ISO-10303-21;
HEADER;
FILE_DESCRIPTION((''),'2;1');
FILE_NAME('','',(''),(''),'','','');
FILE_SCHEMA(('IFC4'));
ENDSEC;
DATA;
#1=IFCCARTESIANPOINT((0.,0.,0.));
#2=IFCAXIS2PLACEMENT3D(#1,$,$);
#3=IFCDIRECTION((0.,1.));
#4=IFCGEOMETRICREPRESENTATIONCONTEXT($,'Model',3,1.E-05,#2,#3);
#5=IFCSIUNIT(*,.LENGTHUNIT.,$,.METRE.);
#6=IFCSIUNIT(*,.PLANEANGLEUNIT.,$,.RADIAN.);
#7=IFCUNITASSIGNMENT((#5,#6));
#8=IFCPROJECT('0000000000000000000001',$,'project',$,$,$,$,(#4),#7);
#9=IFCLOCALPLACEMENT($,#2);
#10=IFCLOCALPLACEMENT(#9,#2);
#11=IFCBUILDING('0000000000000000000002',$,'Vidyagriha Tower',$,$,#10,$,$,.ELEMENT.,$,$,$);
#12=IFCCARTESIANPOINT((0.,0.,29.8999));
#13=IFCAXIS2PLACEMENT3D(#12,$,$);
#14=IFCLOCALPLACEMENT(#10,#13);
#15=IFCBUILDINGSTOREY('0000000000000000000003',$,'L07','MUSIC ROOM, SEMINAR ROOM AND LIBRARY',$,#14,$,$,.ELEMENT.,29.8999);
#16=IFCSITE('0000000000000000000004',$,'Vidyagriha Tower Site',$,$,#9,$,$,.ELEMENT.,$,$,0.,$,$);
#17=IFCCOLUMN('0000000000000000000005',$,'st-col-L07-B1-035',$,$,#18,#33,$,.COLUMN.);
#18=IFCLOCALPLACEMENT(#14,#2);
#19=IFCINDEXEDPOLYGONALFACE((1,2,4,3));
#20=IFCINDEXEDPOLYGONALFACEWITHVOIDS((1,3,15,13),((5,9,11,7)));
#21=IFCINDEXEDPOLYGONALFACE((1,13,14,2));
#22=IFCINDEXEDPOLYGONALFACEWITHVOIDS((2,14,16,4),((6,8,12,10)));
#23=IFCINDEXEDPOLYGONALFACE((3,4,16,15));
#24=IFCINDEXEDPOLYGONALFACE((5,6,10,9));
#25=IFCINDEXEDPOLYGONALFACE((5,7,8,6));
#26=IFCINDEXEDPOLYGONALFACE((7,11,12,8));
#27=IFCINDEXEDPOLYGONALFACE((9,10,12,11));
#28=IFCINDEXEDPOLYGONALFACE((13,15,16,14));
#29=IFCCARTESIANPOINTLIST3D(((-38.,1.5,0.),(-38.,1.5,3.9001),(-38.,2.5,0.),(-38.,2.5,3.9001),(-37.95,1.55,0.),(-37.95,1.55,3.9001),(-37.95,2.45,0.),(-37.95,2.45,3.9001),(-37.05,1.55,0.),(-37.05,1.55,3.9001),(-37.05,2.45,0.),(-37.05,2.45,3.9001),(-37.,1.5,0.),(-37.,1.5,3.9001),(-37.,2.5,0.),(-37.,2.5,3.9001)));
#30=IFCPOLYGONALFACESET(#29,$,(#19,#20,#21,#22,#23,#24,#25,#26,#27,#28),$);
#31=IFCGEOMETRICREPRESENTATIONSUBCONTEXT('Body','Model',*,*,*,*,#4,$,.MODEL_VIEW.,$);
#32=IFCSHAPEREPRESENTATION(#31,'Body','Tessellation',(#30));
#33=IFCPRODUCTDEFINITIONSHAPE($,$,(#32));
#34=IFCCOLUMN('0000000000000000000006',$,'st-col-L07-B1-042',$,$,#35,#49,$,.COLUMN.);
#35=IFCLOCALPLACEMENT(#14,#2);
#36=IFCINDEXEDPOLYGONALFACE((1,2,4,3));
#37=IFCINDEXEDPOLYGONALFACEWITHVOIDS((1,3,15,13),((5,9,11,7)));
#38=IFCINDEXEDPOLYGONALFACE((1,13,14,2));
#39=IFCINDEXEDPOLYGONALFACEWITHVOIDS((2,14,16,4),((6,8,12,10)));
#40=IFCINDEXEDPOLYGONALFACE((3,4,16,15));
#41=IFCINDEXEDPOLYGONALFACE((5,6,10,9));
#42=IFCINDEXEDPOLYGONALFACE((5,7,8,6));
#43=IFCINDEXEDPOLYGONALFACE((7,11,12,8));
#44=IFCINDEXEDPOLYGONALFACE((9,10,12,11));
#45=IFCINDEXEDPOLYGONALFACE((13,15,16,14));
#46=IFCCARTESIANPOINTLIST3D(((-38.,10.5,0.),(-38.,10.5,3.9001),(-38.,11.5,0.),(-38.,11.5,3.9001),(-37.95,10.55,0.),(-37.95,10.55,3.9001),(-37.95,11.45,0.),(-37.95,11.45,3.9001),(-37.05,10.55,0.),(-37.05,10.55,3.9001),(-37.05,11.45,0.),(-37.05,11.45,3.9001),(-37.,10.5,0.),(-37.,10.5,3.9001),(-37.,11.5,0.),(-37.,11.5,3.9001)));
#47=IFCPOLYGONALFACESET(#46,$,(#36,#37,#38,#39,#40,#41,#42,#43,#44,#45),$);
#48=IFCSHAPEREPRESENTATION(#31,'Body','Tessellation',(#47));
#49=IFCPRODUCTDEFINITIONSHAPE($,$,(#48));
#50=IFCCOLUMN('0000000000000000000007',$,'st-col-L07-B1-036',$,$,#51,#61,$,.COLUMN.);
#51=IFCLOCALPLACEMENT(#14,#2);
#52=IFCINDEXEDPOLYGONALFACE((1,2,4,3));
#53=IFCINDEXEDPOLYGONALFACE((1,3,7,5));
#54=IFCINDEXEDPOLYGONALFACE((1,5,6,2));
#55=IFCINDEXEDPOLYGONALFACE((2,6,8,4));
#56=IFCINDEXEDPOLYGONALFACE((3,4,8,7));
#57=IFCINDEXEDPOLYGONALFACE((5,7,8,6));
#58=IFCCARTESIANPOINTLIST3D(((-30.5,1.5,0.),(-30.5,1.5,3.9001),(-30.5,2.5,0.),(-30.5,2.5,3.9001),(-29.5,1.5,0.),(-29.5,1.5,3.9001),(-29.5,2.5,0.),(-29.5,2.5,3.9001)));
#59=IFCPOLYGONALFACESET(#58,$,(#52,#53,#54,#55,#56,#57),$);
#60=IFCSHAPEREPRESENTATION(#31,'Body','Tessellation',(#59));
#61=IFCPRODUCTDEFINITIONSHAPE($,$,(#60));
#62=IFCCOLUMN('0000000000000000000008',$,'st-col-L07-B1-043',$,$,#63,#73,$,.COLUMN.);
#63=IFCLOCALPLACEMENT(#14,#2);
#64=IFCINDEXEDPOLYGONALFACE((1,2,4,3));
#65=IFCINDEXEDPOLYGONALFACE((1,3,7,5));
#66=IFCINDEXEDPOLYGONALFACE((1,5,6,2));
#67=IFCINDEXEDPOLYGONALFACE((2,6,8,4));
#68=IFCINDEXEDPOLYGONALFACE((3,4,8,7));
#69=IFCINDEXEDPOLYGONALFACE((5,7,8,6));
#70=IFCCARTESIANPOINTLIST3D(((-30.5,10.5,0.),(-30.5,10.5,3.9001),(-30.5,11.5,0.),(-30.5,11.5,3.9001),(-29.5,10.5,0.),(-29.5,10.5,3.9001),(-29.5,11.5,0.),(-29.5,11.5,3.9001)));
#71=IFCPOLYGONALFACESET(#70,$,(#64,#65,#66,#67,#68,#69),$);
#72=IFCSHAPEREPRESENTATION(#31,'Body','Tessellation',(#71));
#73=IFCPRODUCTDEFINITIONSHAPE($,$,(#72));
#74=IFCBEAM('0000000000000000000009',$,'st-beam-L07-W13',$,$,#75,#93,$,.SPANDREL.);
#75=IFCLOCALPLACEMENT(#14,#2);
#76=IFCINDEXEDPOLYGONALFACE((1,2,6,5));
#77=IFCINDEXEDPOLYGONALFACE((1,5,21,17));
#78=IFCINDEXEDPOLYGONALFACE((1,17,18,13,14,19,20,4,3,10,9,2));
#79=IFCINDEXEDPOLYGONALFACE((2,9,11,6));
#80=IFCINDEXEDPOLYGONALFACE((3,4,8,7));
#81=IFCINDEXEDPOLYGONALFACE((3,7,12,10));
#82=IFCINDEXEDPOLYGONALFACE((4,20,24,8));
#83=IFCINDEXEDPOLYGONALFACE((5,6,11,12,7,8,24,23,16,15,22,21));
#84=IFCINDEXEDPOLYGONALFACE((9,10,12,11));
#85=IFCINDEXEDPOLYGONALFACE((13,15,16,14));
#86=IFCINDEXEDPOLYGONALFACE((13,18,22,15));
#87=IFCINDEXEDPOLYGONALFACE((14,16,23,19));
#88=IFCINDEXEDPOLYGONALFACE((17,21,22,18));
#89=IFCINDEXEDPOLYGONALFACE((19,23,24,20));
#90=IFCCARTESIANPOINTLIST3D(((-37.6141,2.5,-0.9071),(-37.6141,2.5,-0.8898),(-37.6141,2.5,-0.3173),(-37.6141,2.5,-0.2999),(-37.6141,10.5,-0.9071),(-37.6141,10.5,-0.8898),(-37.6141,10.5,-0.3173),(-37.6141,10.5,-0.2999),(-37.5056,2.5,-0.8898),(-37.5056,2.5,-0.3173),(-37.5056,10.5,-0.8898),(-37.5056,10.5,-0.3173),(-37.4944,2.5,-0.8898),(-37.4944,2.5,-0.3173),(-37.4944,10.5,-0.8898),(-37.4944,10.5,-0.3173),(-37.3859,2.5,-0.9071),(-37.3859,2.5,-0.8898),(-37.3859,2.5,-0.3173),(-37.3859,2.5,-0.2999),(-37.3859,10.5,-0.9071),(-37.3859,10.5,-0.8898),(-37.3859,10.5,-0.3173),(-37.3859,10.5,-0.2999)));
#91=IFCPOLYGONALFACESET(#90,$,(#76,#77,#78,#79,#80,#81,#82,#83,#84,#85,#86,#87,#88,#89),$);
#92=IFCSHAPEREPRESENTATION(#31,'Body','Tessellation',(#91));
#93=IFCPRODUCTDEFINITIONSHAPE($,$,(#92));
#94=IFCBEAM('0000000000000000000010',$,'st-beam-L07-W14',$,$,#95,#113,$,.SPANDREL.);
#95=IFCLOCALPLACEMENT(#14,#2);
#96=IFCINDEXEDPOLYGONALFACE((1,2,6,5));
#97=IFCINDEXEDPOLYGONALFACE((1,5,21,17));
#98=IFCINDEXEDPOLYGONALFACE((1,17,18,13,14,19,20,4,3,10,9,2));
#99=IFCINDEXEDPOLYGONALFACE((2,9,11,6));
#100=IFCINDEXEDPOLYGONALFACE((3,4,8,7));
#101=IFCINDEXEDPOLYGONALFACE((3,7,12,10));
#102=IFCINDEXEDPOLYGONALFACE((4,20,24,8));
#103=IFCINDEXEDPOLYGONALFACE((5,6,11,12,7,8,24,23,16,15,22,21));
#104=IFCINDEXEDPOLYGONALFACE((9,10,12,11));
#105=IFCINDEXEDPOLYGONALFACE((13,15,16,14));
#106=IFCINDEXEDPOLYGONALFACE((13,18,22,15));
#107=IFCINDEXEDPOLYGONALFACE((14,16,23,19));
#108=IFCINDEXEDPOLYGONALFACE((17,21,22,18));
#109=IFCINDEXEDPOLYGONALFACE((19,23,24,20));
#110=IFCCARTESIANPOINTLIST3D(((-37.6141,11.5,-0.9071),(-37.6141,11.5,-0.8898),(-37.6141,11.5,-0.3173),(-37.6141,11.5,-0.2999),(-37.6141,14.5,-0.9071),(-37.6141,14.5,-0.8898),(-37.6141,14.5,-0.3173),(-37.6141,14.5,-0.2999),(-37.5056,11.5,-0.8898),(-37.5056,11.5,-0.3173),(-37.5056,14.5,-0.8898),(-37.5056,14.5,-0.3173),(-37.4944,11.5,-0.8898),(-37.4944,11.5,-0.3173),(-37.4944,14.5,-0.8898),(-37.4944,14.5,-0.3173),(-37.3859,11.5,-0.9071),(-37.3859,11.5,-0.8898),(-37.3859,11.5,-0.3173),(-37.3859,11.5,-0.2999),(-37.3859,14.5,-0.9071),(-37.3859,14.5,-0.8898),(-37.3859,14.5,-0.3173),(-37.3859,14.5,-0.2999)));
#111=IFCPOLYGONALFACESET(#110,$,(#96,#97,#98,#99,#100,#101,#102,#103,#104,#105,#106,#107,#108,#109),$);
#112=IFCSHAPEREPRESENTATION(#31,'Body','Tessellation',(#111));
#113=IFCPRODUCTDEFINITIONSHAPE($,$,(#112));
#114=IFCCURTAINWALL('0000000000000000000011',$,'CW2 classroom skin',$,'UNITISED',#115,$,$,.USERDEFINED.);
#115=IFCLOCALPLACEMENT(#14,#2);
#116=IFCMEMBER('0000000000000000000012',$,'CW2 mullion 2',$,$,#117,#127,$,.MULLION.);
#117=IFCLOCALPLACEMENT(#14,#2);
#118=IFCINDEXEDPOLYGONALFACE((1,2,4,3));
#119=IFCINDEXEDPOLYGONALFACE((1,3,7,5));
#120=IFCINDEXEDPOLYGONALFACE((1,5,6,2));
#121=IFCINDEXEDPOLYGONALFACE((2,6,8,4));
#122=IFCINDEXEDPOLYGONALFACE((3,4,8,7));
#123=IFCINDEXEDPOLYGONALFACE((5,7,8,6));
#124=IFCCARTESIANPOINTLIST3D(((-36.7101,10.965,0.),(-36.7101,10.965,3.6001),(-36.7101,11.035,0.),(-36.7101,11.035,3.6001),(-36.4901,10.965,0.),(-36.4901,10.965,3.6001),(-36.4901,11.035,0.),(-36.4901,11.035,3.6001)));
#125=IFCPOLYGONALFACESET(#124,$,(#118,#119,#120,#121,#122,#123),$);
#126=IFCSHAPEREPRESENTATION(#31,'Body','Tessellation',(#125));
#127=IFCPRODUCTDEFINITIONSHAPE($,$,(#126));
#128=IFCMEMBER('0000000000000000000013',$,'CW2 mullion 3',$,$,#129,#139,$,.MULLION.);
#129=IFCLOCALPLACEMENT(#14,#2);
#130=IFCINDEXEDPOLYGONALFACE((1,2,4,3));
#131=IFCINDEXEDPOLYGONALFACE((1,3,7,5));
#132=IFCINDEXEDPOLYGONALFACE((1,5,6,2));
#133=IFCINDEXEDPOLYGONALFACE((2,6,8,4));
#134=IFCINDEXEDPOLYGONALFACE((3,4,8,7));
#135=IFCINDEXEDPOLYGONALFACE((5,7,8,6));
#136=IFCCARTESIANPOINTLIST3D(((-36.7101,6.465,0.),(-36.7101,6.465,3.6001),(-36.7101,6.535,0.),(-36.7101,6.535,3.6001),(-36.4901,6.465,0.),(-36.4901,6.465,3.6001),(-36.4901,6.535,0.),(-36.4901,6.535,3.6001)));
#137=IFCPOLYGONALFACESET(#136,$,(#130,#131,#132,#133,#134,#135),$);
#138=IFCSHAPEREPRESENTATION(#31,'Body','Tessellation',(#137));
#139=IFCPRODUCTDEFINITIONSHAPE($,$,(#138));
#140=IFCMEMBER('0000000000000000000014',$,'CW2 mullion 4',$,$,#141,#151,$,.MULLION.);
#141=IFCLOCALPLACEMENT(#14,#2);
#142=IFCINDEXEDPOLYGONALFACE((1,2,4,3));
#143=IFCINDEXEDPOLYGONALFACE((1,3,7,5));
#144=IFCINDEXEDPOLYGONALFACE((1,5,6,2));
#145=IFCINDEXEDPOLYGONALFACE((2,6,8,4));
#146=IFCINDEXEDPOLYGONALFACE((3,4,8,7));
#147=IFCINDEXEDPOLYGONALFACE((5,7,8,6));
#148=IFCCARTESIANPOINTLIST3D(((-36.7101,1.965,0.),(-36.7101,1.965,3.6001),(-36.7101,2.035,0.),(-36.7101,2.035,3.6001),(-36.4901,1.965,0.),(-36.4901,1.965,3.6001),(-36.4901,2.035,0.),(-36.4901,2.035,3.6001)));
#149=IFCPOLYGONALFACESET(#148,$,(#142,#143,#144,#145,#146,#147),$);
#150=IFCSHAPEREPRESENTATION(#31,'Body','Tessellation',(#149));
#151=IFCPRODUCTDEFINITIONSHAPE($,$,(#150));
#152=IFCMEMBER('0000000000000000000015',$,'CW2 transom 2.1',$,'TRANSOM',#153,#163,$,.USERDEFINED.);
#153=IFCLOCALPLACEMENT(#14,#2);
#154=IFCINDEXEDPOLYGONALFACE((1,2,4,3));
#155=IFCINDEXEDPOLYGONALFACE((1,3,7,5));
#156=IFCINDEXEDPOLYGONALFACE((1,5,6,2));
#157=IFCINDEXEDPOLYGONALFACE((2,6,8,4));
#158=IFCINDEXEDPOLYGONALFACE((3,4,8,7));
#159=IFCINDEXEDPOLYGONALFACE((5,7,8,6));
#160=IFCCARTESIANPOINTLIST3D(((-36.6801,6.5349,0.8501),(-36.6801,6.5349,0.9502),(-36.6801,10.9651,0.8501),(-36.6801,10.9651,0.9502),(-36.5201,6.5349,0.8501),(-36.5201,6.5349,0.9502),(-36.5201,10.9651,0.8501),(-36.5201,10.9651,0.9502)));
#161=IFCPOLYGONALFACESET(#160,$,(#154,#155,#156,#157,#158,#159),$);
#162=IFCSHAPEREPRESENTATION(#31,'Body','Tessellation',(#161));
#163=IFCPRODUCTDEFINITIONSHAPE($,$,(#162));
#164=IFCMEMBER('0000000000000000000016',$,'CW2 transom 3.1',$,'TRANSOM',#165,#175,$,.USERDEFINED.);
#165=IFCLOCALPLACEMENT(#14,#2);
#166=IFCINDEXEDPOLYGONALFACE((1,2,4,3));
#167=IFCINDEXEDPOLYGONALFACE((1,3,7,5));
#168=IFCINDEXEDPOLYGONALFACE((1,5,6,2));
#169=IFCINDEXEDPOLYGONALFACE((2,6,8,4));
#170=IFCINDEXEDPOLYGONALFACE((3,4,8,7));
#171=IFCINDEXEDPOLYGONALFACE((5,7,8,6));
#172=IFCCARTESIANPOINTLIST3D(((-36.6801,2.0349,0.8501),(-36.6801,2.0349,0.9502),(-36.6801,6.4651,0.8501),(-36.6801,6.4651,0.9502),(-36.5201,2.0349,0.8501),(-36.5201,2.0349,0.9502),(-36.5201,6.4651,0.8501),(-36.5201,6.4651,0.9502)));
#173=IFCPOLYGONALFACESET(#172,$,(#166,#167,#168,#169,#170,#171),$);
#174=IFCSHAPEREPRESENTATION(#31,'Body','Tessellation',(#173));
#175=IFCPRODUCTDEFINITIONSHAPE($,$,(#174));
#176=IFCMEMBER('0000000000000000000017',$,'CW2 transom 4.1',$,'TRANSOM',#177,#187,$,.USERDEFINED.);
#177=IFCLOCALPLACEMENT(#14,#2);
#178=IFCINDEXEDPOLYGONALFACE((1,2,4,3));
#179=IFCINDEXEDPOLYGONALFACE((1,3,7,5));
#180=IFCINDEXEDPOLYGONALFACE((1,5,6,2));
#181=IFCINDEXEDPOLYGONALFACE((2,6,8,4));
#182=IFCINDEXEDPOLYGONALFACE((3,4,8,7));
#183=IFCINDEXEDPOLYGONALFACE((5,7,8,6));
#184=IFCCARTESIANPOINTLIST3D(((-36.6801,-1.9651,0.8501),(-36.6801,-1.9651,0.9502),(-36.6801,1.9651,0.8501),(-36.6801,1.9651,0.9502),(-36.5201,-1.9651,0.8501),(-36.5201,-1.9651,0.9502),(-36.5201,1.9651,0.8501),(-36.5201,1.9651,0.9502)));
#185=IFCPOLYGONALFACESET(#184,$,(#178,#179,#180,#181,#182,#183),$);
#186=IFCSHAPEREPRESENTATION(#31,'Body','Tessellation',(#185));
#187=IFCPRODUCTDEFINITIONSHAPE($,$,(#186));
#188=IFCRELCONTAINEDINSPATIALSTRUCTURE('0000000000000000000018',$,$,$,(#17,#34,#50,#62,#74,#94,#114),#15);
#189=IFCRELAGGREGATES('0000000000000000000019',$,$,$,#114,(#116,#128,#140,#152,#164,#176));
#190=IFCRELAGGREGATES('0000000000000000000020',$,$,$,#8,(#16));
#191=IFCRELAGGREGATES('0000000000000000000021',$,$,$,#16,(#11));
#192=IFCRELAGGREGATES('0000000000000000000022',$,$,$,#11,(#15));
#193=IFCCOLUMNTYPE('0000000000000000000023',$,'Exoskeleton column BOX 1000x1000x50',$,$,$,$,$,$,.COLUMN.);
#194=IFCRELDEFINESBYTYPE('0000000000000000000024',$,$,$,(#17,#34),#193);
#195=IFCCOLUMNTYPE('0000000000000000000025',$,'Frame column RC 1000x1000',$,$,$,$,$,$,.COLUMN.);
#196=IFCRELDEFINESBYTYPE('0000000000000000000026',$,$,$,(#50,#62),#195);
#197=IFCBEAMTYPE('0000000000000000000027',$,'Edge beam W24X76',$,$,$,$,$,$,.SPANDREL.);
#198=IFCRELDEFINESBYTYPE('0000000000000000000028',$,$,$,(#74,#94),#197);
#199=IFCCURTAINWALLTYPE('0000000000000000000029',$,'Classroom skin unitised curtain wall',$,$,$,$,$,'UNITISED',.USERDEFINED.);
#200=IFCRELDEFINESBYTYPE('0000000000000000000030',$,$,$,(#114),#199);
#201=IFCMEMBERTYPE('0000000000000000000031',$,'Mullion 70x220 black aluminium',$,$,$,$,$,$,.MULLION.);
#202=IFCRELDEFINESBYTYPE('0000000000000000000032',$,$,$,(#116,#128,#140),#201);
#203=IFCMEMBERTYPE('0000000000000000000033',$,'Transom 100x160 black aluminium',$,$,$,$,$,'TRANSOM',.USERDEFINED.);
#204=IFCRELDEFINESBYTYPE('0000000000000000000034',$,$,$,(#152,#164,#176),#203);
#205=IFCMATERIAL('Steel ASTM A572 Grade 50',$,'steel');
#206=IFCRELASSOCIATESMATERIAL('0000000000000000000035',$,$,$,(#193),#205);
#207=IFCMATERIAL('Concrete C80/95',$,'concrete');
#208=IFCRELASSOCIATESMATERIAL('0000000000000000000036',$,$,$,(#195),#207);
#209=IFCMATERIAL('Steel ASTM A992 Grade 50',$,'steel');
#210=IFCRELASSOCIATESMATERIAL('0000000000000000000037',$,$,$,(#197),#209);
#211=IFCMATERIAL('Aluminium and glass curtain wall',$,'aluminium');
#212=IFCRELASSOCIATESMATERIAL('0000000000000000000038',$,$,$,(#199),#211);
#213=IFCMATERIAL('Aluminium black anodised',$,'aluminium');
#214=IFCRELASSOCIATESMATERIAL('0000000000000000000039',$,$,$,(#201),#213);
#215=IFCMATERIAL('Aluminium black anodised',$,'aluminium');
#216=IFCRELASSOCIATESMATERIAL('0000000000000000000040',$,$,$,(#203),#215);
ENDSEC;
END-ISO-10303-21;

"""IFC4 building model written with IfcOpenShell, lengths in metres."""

from ifc_helpers import new_model, si_unit, direction, frame, origin, origin_2d, place, context, subcontext, project, spatial, rectangle, hollow_rectangle, i_section, extrude, material, material_profile, profile_set, type_object, element, aggregate, save


model = new_model("IFC4")

# Units and contexts
model_context = context("Model", 3, precision=1e-05, world=origin(), true_north=direction((0.0, 1.0)))
body_context = subcontext(model_context, "Body", "Model", "MODEL_VIEW")
ifc_project = project(units=[si_unit("LENGTHUNIT", "METRE"), si_unit("PLANEANGLEUNIT", "RADIAN")], contexts=[model_context])

# Site, building, storey
site_placement = place(None, origin())
site = spatial("IfcSite", under=ifc_project, at=site_placement, Name="Vidyagriha Tower Site", CompositionType="ELEMENT", RefElevation=0.0)
building_placement = place(site_placement, origin())
building = spatial("IfcBuilding", under=site, at=building_placement, Name="Vidyagriha Tower", CompositionType="ELEMENT")
storey_placement = place(building_placement, frame((0.0, 0.0, 29.8999)))
storey = spatial("IfcBuildingStorey", under=building, at=storey_placement, Name="L07", Description="MUSIC ROOM, SEMINAR ROOM AND LIBRARY", CompositionType="ELEMENT", Elevation=29.8999)

# Columns
ifc_material_1 = material(Name="Steel ASTM A572 Grade 50", Category="steel")
ifc_material_profile_1 = material_profile(ifc_material_1, hollow_rectangle(XDim=1.0, YDim=1.0, WallThickness=0.05, at=origin_2d()), Name="BOX 1000x1000x50")
ifc_profile_set_1 = profile_set([ifc_material_profile_1], Name="Steel ASTM A572 Grade 50")
column_type_1 = type_object("IfcColumnType", Name="Exoskeleton column BOX 1000x1000x50", PredefinedType="COLUMN", material=ifc_profile_set_1)
for number, where, name in (
    (1, (-37.5, 2.0, 0.0), "st-col-L07-B1-035"),
    (2, (-37.5, 11.0, 0.0), "st-col-L07-B1-042"),
):
    element("IfcColumn", number, at=place(storey_placement, frame(where)), inside=storey, type_object=column_type_1, Name=name, PredefinedType="COLUMN", context=body_context, shape_type="SweptSolid", body=[
        extrude(hollow_rectangle(XDim=1.0, YDim=1.0, WallThickness=0.05, at=origin_2d()), origin(), (0.0, 0.0, 1.0), 3.9001),
    ])
ifc_material_2 = material(Name="Concrete C80/95", Category="concrete")
ifc_material_profile_2 = material_profile(ifc_material_2, rectangle(XDim=1.0, YDim=1.0, at=origin_2d()), Name="RC 1000x1000")
ifc_profile_set_2 = profile_set([ifc_material_profile_2], Name="Concrete C80/95")
column_type_2 = type_object("IfcColumnType", Name="Frame column RC 1000x1000", PredefinedType="COLUMN", material=ifc_profile_set_2)
for number, where, name in (
    (3, (-30.0, 2.0, 0.0), "st-col-L07-B1-036"),
    (4, (-30.0, 11.0, 0.0), "st-col-L07-B1-043"),
):
    element("IfcColumn", number, at=place(storey_placement, frame(where)), inside=storey, type_object=column_type_2, Name=name, PredefinedType="COLUMN", context=body_context, shape_type="SweptSolid", body=[
        extrude(rectangle(XDim=1.0, YDim=1.0, at=origin_2d()), origin(), (0.0, 0.0, 1.0), 3.9001),
    ])

# Beams
ifc_material_3 = material(Name="Steel ASTM A992 Grade 50", Category="steel")
ifc_material_profile_3 = material_profile(ifc_material_3, i_section(OverallWidth=0.2283, OverallDepth=0.6072, WebThickness=0.0112, FlangeThickness=0.0173, at=origin_2d()), Name="W24X76")
ifc_profile_set_3 = profile_set([ifc_material_profile_3], Name="Steel ASTM A992 Grade 50")
beam_type = type_object("IfcBeamType", Name="Edge beam W24X76", PredefinedType="SPANDREL", material=ifc_profile_set_3)
beam_1_placement = place(storey_placement, frame((-37.5, 2.5, -0.6035), z_axis=(0.0, 1.0, 0.0), x_axis=(-1.0, 0.0, 0.0)))
element("IfcBeam", 5, at=beam_1_placement, inside=storey, type_object=beam_type, Name="st-beam-L07-W13", PredefinedType="SPANDREL", context=body_context, shape_type="SweptSolid", body=[
    extrude(i_section(OverallWidth=0.2283, OverallDepth=0.6072, WebThickness=0.0112, FlangeThickness=0.0173, at=origin_2d()), origin(), (0.0, 0.0, 1.0), 8.0),
])
beam_2_placement = place(storey_placement, frame((-37.5, 11.5, -0.6035), z_axis=(0.0, 1.0, 0.0), x_axis=(-1.0, 0.0, 0.0)))
element("IfcBeam", 6, at=beam_2_placement, inside=storey, type_object=beam_type, Name="st-beam-L07-W14", PredefinedType="SPANDREL", context=body_context, shape_type="SweptSolid", body=[
    extrude(i_section(OverallWidth=0.2283, OverallDepth=0.6072, WebThickness=0.0112, FlangeThickness=0.0173, at=origin_2d()), origin(), (0.0, 0.0, 1.0), 3.0),
])

# Curtain wall, members
ifc_material_4 = material(Name="Aluminium and glass curtain wall", Category="aluminium")
curtain_wall_type = type_object("IfcCurtainWallType", Name="Classroom skin unitised curtain wall", ElementType="UNITISED", PredefinedType="USERDEFINED", material=ifc_material_4)
curtain_wall_placement = place(storey_placement, origin())
curtain_wall = element("IfcCurtainWall", 7, at=curtain_wall_placement, inside=storey, type_object=curtain_wall_type, Name="CW2 classroom skin", ObjectType="UNITISED", PredefinedType="USERDEFINED")
ifc_material_5 = material(Name="Aluminium black anodised", Category="aluminium")
ifc_material_profile_4 = material_profile(ifc_material_5, rectangle(XDim=0.22, YDim=0.0701, at=origin_2d()), Name="Mullion 70x220 black aluminium")
ifc_profile_set_4 = profile_set([ifc_material_profile_4], Name="Aluminium black anodised")
member_type_1 = type_object("IfcMemberType", Name="Mullion 70x220 black aluminium", PredefinedType="MULLION", material=ifc_profile_set_4)
member_1_placement = place(storey_placement, frame((-36.6001, 11.0, 0.0)))
member_1 = element("IfcMember", 8, at=member_1_placement, type_object=member_type_1, Name="CW2 mullion 2", PredefinedType="MULLION", context=body_context, shape_type="SweptSolid", body=[
    extrude(rectangle(XDim=0.22, YDim=0.0701, at=origin_2d()), origin(), (0.0, 0.0, 1.0), 3.6001),
])
member_2_placement = place(storey_placement, frame((-36.6001, 6.5, 0.0)))
member_2 = element("IfcMember", 9, at=member_2_placement, type_object=member_type_1, Name="CW2 mullion 3", PredefinedType="MULLION", context=body_context, shape_type="SweptSolid", body=[
    extrude(rectangle(XDim=0.22, YDim=0.0701, at=origin_2d()), origin(), (0.0, 0.0, 1.0), 3.6001),
])
member_3_placement = place(storey_placement, frame((-36.6001, 2.0, 0.0)))
member_3 = element("IfcMember", 10, at=member_3_placement, type_object=member_type_1, Name="CW2 mullion 4", PredefinedType="MULLION", context=body_context, shape_type="SweptSolid", body=[
    extrude(rectangle(XDim=0.22, YDim=0.0701, at=origin_2d()), origin(), (0.0, 0.0, 1.0), 3.6001),
])
ifc_material_6 = material(Name="Aluminium black anodised", Category="aluminium")
ifc_material_profile_5 = material_profile(ifc_material_6, rectangle(XDim=0.1599, YDim=0.1001, at=origin_2d()), Name="Transom 100x160 black aluminium")
ifc_profile_set_5 = profile_set([ifc_material_profile_5], Name="Aluminium black anodised")
member_type_2 = type_object("IfcMemberType", Name="Transom 100x160 black aluminium", ElementType="TRANSOM", PredefinedType="USERDEFINED", material=ifc_profile_set_5)
member_4_placement = place(storey_placement, frame((-36.6001, 10.9651, 0.9001), z_axis=(0.0, -1.0, 0.0), x_axis=(1.0, 0.0, 0.0)))
member_4 = element("IfcMember", 11, at=member_4_placement, type_object=member_type_2, Name="CW2 transom 2.1", ObjectType="TRANSOM", PredefinedType="USERDEFINED", context=body_context, shape_type="SweptSolid", body=[
    extrude(rectangle(XDim=0.1599, YDim=0.1001, at=origin_2d()), origin(), (0.0, 0.0, 1.0), 4.4302),
])
member_5_placement = place(storey_placement, frame((-36.6001, 6.4651, 0.9001), z_axis=(0.0, -1.0, 0.0), x_axis=(1.0, 0.0, 0.0)))
member_5 = element("IfcMember", 12, at=member_5_placement, type_object=member_type_2, Name="CW2 transom 3.1", ObjectType="TRANSOM", PredefinedType="USERDEFINED", context=body_context, shape_type="SweptSolid", body=[
    extrude(rectangle(XDim=0.1599, YDim=0.1001, at=origin_2d()), origin(), (0.0, 0.0, 1.0), 4.4302),
])
member_6_placement = place(storey_placement, frame((-36.6001, 1.9651, 0.9001), z_axis=(0.0, -1.0, 0.0), x_axis=(1.0, 0.0, 0.0)))
member_6 = element("IfcMember", 13, at=member_6_placement, type_object=member_type_2, Name="CW2 transom 4.1", ObjectType="TRANSOM", PredefinedType="USERDEFINED", context=body_context, shape_type="SweptSolid", body=[
    extrude(rectangle(XDim=0.1599, YDim=0.1001, at=origin_2d()), origin(), (0.0, 0.0, 1.0), 3.9302),
])
aggregate(curtain_wall, [member_1, member_2, member_3, member_4, member_5, member_6])

save(model, "model.ifc")
